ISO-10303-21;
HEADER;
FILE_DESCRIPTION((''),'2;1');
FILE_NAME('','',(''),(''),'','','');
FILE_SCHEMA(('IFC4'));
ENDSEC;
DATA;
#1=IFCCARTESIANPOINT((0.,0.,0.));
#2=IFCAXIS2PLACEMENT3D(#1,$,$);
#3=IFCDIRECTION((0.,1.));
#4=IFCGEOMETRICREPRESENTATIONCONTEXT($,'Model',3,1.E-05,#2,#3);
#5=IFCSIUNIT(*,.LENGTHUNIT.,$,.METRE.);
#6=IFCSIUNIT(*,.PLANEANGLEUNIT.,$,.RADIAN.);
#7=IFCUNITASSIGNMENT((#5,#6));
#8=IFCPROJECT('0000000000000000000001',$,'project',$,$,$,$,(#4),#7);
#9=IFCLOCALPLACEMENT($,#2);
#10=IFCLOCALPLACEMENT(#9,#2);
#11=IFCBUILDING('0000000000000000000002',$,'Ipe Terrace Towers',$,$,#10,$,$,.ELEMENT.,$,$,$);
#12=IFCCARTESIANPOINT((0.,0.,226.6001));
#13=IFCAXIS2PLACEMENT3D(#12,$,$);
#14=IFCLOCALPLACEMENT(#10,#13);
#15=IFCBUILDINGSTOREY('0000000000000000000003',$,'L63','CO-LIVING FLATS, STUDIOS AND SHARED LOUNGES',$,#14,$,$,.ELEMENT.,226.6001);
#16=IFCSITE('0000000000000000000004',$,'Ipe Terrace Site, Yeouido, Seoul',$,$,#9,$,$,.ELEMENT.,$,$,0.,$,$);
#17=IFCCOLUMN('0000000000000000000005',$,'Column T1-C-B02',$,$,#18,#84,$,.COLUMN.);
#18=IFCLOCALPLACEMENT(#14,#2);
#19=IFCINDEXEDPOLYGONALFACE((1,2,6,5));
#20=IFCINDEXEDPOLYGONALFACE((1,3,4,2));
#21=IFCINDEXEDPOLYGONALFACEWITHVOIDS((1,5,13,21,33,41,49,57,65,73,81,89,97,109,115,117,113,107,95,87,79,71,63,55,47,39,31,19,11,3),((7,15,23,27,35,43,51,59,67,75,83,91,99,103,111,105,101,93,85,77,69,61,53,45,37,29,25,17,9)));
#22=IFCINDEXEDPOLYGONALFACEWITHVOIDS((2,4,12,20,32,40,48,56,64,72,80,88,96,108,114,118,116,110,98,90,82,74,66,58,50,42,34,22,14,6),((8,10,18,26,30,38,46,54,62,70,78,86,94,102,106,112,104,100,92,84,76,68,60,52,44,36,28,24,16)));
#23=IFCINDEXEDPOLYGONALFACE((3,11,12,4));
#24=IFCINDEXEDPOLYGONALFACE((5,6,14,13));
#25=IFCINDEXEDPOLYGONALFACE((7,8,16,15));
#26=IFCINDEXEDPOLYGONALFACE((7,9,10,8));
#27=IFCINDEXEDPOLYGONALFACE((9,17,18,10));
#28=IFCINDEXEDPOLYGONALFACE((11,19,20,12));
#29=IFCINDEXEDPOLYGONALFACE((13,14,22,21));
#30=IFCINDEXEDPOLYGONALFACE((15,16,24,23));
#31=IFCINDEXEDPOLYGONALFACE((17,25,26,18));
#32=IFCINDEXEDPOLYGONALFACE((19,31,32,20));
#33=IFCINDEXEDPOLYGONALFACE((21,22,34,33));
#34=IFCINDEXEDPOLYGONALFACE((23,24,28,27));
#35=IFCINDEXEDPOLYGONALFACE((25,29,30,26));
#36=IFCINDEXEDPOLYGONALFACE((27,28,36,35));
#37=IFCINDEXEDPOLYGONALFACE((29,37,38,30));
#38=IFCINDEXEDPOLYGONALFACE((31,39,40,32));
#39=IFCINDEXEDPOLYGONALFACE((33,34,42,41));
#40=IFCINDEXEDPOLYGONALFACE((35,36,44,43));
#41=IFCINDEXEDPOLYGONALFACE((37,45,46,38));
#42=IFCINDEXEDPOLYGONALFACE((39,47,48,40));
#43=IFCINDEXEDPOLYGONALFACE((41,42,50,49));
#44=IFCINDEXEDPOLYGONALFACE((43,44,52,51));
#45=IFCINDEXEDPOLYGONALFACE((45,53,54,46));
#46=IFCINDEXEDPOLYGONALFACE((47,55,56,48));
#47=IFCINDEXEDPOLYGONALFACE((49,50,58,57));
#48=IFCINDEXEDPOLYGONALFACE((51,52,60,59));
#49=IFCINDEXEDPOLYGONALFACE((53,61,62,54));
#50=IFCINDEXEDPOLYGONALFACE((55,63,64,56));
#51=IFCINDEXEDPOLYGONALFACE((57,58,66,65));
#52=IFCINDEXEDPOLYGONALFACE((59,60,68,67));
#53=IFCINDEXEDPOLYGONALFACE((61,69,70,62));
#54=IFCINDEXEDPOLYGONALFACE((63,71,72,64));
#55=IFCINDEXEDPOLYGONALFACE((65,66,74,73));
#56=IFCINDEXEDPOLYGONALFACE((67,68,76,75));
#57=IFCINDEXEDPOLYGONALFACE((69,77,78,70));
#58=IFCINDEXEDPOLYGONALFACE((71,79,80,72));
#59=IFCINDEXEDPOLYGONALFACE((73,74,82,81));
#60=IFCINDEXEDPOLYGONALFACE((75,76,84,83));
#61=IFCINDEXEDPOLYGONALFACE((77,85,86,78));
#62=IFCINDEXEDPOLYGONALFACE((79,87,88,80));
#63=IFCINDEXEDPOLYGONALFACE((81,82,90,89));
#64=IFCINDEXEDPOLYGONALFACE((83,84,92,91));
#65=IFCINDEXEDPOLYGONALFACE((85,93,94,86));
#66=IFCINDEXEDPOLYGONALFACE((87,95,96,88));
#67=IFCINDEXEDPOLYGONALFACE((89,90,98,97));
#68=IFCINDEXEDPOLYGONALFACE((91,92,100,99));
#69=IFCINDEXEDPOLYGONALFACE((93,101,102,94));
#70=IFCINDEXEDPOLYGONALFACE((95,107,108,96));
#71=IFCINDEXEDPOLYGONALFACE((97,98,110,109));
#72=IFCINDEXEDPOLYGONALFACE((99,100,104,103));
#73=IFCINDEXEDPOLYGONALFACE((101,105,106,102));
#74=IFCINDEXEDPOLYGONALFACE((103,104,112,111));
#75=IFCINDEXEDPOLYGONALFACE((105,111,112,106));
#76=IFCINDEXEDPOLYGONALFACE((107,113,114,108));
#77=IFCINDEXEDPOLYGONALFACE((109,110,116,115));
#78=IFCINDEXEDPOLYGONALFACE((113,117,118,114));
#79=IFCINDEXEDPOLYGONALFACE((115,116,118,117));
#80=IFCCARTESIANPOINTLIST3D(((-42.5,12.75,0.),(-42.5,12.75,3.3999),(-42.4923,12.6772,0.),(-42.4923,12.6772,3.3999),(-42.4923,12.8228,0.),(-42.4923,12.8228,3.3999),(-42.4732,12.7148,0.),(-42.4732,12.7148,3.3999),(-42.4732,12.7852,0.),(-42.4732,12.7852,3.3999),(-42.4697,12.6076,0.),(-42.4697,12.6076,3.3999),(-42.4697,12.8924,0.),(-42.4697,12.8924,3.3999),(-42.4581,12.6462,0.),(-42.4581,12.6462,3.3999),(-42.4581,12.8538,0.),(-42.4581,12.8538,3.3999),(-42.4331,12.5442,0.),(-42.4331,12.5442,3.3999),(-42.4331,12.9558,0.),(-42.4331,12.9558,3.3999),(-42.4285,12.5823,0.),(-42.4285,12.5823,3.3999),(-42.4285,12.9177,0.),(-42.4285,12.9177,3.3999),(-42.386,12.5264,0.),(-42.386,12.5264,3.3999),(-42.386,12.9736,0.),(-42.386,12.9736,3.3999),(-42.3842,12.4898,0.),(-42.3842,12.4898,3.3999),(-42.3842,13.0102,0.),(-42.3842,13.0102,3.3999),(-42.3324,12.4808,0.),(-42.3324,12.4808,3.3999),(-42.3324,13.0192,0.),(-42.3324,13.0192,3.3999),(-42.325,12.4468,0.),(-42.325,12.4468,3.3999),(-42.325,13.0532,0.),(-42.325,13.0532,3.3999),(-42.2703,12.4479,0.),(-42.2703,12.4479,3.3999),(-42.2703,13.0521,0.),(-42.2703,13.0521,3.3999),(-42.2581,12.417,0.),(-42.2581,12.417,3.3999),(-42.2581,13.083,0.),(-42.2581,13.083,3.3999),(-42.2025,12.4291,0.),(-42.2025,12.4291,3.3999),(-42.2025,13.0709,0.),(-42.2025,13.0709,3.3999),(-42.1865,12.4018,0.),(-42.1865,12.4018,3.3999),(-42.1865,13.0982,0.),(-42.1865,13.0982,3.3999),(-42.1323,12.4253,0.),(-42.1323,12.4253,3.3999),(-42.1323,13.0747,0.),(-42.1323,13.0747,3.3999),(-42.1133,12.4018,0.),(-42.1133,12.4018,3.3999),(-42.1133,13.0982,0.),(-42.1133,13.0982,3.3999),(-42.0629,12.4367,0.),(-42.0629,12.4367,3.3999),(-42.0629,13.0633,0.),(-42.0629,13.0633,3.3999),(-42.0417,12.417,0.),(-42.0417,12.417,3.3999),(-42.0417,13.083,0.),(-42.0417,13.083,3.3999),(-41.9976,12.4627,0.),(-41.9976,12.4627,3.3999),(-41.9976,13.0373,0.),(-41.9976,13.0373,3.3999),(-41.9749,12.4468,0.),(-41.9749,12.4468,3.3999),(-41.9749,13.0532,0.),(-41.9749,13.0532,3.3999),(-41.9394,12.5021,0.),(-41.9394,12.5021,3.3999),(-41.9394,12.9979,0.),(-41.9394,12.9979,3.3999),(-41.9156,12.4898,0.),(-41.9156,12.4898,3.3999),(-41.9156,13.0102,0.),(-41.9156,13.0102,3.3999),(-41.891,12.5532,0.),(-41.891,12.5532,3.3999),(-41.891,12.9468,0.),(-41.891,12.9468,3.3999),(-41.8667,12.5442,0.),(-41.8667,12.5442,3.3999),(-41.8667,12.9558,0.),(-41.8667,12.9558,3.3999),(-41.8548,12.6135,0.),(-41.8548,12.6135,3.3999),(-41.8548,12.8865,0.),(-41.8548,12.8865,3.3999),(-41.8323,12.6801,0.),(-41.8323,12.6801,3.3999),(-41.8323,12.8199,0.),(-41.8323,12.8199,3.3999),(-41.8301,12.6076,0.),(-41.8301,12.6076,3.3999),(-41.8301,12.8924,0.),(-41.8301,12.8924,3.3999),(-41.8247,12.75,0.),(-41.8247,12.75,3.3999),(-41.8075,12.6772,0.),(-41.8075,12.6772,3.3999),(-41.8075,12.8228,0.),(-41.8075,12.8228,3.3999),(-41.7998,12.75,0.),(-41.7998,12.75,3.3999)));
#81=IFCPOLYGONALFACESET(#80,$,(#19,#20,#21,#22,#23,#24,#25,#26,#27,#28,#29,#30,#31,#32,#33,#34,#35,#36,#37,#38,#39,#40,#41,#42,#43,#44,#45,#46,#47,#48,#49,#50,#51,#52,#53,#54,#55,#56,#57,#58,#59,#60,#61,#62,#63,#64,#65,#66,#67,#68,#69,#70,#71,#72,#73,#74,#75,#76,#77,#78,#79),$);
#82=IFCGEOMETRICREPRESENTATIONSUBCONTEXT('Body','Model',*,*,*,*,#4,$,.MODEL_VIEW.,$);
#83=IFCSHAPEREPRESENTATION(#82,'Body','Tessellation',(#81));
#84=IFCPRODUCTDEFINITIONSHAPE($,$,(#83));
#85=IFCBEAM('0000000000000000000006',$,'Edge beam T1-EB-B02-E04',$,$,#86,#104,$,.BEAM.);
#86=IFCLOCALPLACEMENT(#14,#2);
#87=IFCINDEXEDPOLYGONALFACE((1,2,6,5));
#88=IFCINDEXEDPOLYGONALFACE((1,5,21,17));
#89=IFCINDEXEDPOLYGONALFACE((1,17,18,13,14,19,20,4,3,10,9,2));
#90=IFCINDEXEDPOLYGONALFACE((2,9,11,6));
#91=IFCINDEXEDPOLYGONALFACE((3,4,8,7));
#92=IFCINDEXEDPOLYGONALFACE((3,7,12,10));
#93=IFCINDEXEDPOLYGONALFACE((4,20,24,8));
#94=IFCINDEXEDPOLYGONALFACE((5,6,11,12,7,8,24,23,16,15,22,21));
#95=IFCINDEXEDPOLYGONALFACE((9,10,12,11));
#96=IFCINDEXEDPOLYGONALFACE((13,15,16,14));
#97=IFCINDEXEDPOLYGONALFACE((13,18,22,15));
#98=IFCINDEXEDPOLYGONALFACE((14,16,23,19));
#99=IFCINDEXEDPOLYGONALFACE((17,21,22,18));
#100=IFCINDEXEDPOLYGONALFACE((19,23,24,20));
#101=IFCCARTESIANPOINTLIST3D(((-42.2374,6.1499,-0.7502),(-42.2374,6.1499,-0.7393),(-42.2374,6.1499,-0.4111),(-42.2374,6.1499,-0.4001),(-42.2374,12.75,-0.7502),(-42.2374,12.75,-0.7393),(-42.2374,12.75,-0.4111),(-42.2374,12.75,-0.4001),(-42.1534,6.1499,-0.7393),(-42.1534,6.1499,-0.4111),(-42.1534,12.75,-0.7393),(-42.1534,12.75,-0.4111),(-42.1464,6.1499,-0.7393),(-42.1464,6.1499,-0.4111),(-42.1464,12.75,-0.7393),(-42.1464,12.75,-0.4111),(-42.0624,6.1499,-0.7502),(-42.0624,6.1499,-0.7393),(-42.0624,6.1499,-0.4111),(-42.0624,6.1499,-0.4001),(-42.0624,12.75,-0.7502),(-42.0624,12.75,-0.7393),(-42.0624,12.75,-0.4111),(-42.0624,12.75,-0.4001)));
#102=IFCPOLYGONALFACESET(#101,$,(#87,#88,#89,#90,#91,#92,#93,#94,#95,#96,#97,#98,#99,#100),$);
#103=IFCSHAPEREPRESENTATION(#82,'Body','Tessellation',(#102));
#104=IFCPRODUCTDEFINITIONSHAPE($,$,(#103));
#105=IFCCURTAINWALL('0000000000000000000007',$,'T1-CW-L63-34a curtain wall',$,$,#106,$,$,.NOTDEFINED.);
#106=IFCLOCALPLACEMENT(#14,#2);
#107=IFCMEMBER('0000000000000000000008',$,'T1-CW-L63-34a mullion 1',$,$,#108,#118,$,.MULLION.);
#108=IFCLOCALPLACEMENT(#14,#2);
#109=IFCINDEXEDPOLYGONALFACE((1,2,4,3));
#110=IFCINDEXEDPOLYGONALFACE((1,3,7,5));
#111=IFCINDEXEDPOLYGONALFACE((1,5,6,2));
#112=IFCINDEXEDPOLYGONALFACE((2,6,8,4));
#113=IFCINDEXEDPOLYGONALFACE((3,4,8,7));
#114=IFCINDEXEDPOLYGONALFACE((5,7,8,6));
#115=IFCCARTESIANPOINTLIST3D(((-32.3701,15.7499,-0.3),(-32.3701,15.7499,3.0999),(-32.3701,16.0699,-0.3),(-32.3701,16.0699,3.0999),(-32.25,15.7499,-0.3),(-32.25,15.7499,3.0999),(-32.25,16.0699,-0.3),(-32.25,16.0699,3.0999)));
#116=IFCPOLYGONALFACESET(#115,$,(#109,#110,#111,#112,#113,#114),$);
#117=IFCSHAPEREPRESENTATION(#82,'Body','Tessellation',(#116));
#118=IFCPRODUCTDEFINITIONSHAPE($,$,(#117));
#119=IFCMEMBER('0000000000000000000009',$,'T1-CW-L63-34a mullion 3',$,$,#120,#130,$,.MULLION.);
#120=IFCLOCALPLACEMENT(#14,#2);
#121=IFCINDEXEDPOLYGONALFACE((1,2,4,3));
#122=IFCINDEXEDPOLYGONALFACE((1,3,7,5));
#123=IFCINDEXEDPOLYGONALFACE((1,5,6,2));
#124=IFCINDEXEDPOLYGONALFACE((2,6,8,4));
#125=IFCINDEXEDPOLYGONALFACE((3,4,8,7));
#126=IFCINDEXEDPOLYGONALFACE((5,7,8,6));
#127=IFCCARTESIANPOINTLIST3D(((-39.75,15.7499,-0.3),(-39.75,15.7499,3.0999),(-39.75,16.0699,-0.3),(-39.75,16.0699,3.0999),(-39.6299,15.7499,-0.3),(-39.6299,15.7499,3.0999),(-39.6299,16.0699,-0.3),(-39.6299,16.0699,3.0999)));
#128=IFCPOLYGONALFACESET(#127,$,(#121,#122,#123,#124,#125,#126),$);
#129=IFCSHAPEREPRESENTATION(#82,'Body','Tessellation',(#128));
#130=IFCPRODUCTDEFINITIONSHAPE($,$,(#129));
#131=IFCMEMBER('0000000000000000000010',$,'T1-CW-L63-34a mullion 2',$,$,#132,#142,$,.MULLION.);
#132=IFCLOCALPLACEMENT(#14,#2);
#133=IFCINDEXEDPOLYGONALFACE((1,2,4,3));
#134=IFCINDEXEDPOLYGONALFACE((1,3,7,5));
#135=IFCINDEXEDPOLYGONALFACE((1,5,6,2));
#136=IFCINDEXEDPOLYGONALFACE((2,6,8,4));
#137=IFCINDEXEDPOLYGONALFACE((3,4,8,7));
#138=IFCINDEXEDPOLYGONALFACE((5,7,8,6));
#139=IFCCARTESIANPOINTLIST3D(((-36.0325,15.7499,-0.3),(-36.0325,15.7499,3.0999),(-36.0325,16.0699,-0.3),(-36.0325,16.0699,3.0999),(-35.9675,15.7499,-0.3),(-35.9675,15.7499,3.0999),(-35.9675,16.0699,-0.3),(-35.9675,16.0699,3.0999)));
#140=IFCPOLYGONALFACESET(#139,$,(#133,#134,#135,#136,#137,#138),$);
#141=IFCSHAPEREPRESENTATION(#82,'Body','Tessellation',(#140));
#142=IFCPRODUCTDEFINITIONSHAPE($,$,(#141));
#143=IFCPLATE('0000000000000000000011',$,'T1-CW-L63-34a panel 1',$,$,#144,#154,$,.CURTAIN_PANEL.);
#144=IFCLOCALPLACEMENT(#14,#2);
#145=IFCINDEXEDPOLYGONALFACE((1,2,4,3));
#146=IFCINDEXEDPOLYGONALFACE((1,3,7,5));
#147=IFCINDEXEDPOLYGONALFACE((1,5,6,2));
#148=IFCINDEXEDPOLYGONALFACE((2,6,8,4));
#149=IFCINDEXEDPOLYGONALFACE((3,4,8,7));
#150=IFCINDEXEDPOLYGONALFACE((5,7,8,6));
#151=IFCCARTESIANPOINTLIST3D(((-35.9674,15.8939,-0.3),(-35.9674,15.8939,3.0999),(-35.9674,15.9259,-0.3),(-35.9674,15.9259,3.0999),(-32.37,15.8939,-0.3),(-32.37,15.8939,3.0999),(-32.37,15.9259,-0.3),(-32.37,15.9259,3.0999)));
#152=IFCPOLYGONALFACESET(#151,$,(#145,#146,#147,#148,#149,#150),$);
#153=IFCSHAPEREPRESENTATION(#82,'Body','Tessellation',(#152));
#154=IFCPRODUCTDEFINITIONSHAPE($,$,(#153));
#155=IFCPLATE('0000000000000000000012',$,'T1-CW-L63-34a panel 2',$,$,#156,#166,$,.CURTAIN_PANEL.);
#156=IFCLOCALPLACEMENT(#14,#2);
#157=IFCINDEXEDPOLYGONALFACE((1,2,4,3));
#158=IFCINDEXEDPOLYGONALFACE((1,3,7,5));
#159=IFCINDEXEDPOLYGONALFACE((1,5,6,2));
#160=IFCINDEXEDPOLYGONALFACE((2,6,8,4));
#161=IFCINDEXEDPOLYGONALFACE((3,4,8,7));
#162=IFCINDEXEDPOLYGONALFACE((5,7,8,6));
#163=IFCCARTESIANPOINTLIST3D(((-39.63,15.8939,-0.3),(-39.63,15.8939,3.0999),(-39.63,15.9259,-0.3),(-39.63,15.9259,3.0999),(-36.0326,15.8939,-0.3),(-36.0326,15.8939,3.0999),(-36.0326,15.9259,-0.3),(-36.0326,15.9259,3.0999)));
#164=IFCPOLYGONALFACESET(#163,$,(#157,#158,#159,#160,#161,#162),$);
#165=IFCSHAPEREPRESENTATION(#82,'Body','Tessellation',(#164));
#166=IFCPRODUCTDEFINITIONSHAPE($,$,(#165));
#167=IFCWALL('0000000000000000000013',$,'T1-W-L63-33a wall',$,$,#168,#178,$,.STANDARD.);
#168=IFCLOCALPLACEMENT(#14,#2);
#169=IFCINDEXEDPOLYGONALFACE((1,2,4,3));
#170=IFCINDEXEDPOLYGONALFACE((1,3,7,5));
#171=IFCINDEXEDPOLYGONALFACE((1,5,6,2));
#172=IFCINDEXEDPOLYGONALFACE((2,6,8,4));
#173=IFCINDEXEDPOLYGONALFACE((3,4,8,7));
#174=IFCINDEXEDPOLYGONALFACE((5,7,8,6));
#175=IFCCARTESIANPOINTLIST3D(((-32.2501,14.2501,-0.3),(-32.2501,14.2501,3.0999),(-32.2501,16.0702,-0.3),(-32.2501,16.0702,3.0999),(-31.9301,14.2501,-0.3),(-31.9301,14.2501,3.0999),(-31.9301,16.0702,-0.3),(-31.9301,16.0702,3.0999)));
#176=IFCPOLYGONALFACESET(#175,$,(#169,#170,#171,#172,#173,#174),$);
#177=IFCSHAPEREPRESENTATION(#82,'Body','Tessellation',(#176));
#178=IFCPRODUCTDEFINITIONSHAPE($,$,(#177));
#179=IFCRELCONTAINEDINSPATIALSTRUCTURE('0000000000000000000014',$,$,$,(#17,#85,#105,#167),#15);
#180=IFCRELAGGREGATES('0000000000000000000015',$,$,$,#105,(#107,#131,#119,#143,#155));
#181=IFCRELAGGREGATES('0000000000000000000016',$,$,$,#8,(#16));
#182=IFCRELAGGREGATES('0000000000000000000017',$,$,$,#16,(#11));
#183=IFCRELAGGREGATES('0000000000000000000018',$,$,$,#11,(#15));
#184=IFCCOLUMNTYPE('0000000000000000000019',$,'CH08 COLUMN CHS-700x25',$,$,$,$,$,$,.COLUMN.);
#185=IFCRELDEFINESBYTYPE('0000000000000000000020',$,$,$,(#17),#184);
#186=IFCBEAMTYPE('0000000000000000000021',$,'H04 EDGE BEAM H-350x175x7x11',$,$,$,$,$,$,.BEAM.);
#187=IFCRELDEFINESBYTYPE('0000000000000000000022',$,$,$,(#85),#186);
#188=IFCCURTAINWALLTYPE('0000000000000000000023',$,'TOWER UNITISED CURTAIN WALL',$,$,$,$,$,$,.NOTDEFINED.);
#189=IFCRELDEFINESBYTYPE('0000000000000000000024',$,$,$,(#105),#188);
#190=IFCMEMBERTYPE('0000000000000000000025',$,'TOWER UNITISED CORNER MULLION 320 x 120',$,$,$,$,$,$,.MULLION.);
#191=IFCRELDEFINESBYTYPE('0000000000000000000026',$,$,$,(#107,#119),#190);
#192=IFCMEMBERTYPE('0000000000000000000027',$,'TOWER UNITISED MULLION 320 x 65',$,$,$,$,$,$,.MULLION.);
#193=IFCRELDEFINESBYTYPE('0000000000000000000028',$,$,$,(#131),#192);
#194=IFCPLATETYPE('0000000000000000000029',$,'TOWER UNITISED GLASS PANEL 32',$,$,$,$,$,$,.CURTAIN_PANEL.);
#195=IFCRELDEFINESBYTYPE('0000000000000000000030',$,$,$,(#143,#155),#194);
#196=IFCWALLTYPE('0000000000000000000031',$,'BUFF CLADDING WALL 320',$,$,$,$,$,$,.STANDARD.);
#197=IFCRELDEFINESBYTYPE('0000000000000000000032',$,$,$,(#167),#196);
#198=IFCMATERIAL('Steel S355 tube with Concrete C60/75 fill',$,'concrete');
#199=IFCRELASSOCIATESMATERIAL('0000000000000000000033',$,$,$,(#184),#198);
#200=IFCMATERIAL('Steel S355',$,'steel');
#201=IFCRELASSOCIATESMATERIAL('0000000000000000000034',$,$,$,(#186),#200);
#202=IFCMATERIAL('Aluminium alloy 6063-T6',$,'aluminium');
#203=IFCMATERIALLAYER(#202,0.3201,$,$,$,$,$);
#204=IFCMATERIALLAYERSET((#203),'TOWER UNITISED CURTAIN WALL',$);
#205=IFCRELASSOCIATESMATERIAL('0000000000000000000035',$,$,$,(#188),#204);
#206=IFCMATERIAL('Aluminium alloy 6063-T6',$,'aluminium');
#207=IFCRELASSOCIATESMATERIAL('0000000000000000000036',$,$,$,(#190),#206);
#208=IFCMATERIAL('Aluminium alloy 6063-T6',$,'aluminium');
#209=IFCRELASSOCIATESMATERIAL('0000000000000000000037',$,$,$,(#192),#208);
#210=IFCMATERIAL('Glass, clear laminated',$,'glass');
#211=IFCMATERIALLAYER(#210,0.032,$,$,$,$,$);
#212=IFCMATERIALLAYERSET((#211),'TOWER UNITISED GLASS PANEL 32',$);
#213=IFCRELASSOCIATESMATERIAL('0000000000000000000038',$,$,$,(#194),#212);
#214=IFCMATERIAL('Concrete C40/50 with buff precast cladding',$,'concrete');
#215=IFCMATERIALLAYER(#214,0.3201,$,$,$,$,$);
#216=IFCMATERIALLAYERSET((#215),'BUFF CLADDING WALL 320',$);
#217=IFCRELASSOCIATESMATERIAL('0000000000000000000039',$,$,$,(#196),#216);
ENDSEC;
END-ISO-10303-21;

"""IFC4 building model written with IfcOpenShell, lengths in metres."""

from ifc_helpers import new_model, si_unit, direction, frame, frame_2d, origin, origin_2d, place, context, subcontext, project, spatial, rectangle, hollow_circle, i_section, extrude, material, layer, layer_set, material_profile, profile_set, type_object, element, aggregate, save


model = new_model("IFC4")

# Units and contexts
model_context = context("Model", 3, precision=1e-05, world=origin(), true_north=direction((0.0, 1.0)))
body_context = subcontext(model_context, "Body", "Model", "MODEL_VIEW")
ifc_project = project(units=[si_unit("LENGTHUNIT", "METRE"), si_unit("PLANEANGLEUNIT", "RADIAN")], contexts=[model_context])

# Site, building, storey
site_placement = place(None, origin())
site = spatial("IfcSite", under=ifc_project, at=site_placement, Name="Ipe Terrace Site, Yeouido, Seoul", CompositionType="ELEMENT", RefElevation=0.0)
building_placement = place(site_placement, origin())
building = spatial("IfcBuilding", under=site, at=building_placement, Name="Ipe Terrace Towers", CompositionType="ELEMENT")
storey_placement = place(building_placement, frame((0.0, 0.0, 226.6001)))
storey = spatial("IfcBuildingStorey", under=building, at=storey_placement, Name="L63", Description="CO-LIVING FLATS, STUDIOS AND SHARED LOUNGES", CompositionType="ELEMENT", Elevation=226.6001)

# Column
ifc_material_1 = material(Name="Steel S355 tube with Concrete C60/75 fill", Category="concrete")
ifc_material_profile_1 = material_profile(ifc_material_1, hollow_circle(Radius=0.3501, WallThickness=0.0249, at=origin_2d()), Name="CHS-700x25")
ifc_profile_set_1 = profile_set([ifc_material_profile_1], Name="Steel S355 tube with Concrete C60/75 fill")
column_type = type_object("IfcColumnType", Name="CH08 COLUMN CHS-700x25", PredefinedType="COLUMN", material=ifc_profile_set_1)
column_placement = place(storey_placement, frame((-42.1499, 12.75, 0.0), z_axis=(0.0, 0.0, 1.0), x_axis=(1.0, 0.0, 0.0)))
element("IfcColumn", 1, at=column_placement, inside=storey, type_object=column_type, Name="Column T1-C-B02", PredefinedType="COLUMN", context=body_context, shape_type="SweptSolid", body=[
    extrude(hollow_circle(Radius=0.3501, WallThickness=0.0249, at=origin_2d()), origin(), (0.0, 0.0, 1.0), 3.3999),
])

# Beam
ifc_material_2 = material(Name="Steel S355", Category="steel")
ifc_material_profile_2 = material_profile(ifc_material_2, i_section(OverallWidth=0.175, OverallDepth=0.3501, WebThickness=0.0071, FlangeThickness=0.011, at=origin_2d()), Name="H-350x175x7x11")
ifc_profile_set_2 = profile_set([ifc_material_profile_2], Name="Steel S355")
beam_type = type_object("IfcBeamType", Name="H04 EDGE BEAM H-350x175x7x11", PredefinedType="BEAM", material=ifc_profile_set_2)
beam_placement = place(storey_placement, frame((-42.1499, 12.75, -0.5752), z_axis=(0.0, -1.0, 0.0), x_axis=(1.0, 0.0, 0.0)))
element("IfcBeam", 2, at=beam_placement, inside=storey, type_object=beam_type, Name="Edge beam T1-EB-B02-E04", PredefinedType="BEAM", context=body_context, shape_type="SweptSolid", body=[
    extrude(i_section(OverallWidth=0.175, OverallDepth=0.3501, WebThickness=0.0071, FlangeThickness=0.011, at=origin_2d()), origin(), (0.0, 0.0, 1.0), 6.6001),
])

# Curtain wall, members, plates
ifc_material_3 = material(Name="Aluminium alloy 6063-T6", Category="aluminium")
ifc_layer_1 = layer(ifc_material_3, 0.3201)
ifc_layer_set_1 = layer_set([ifc_layer_1], Name="TOWER UNITISED CURTAIN WALL")
curtain_wall_type = type_object("IfcCurtainWallType", Name="TOWER UNITISED CURTAIN WALL", PredefinedType="NOTDEFINED", material=ifc_layer_set_1)
curtain_wall_placement = place(storey_placement, origin())
curtain_wall = element("IfcCurtainWall", 3, at=curtain_wall_placement, inside=storey, type_object=curtain_wall_type, Name="T1-CW-L63-34a curtain wall", PredefinedType="NOTDEFINED")
ifc_material_4 = material(Name="Aluminium alloy 6063-T6", Category="aluminium")
ifc_material_profile_3 = material_profile(ifc_material_4, rectangle(XDim=0.3201, YDim=0.1201, at=origin_2d()), Name="TOWER UNITISED CORNER MULLION 320 x 120")
ifc_profile_set_3 = profile_set([ifc_material_profile_3], Name="Aluminium alloy 6063-T6")
member_type_1 = type_object("IfcMemberType", Name="TOWER UNITISED CORNER MULLION 320 x 120", PredefinedType="MULLION", material=ifc_profile_set_3)
member_1_placement = place(storey_placement, frame((-32.3101, 15.9099, -0.3), z_axis=(0.0, 0.0, 1.0), x_axis=(0.0, 1.0, 0.0)))
member_1 = element("IfcMember", 4, at=member_1_placement, type_object=member_type_1, Name="T1-CW-L63-34a mullion 1", PredefinedType="MULLION", context=body_context, shape_type="SweptSolid", body=[
    extrude(rectangle(XDim=0.3201, YDim=0.1201, at=origin_2d()), origin(), (0.0, 0.0, 1.0), 3.3999),
])
member_2_placement = place(storey_placement, frame((-39.6899, 15.9099, -0.3), z_axis=(0.0, 0.0, 1.0), x_axis=(0.0, 1.0, 0.0)))
member_2 = element("IfcMember", 5, at=member_2_placement, type_object=member_type_1, Name="T1-CW-L63-34a mullion 3", PredefinedType="MULLION", context=body_context, shape_type="SweptSolid", body=[
    extrude(rectangle(XDim=0.3201, YDim=0.1201, at=origin_2d()), origin(), (0.0, 0.0, 1.0), 3.3999),
])
ifc_material_5 = material(Name="Aluminium alloy 6063-T6", Category="aluminium")
ifc_material_profile_4 = material_profile(ifc_material_5, rectangle(XDim=0.3201, YDim=0.0649, at=origin_2d()), Name="TOWER UNITISED MULLION 320 x 65")
ifc_profile_set_4 = profile_set([ifc_material_profile_4], Name="Aluminium alloy 6063-T6")
member_type_2 = type_object("IfcMemberType", Name="TOWER UNITISED MULLION 320 x 65", PredefinedType="MULLION", material=ifc_profile_set_4)
member_3_placement = place(storey_placement, frame((-36.0, 15.9099, -0.3), z_axis=(0.0, 0.0, 1.0), x_axis=(0.0, 1.0, 0.0)))
member_3 = element("IfcMember", 6, at=member_3_placement, type_object=member_type_2, Name="T1-CW-L63-34a mullion 2", PredefinedType="MULLION", context=body_context, shape_type="SweptSolid", body=[
    extrude(rectangle(XDim=0.3201, YDim=0.0649, at=origin_2d()), origin(), (0.0, 0.0, 1.0), 3.3999),
])
ifc_material_6 = material(Name="Glass, clear laminated", Category="glass")
ifc_layer_2 = layer(ifc_material_6, 0.032)
ifc_layer_set_2 = layer_set([ifc_layer_2], Name="TOWER UNITISED GLASS PANEL 32")
plate_type = type_object("IfcPlateType", Name="TOWER UNITISED GLASS PANEL 32", PredefinedType="CURTAIN_PANEL", material=ifc_layer_set_2)
plate_1_placement = place(storey_placement, frame((-34.1687, 15.9099, -0.3), z_axis=(0.0, 0.0, 1.0), x_axis=(-1.0, 0.0, 0.0)))
plate_1 = element("IfcPlate", 7, at=plate_1_placement, type_object=plate_type, Name="T1-CW-L63-34a panel 1", PredefinedType="CURTAIN_PANEL", context=body_context, shape_type="SweptSolid", body=[
    extrude(rectangle(XDim=3.5974, YDim=0.032, at=origin_2d()), origin(), (0.0, 0.0, 1.0), 3.3999),
])
plate_2_placement = place(storey_placement, frame((-37.8313, 15.9099, -0.3), z_axis=(0.0, 0.0, 1.0), x_axis=(-1.0, 0.0, 0.0)))
plate_2 = element("IfcPlate", 8, at=plate_2_placement, type_object=plate_type, Name="T1-CW-L63-34a panel 2", PredefinedType="CURTAIN_PANEL", context=body_context, shape_type="SweptSolid", body=[
    extrude(rectangle(XDim=3.5974, YDim=0.032, at=origin_2d()), origin(), (0.0, 0.0, 1.0), 3.3999),
])
aggregate(curtain_wall, [member_1, member_3, member_2, plate_1, plate_2])

# Wall
ifc_material_7 = material(Name="Concrete C40/50 with buff precast cladding", Category="concrete")
ifc_layer_3 = layer(ifc_material_7, 0.3201)
ifc_layer_set_3 = layer_set([ifc_layer_3], Name="BUFF CLADDING WALL 320")
wall_type_1 = type_object("IfcWallType", Name="BUFF CLADDING WALL 320", PredefinedType="STANDARD", material=ifc_layer_set_3)
wall_1_placement = place(storey_placement, frame((-32.0901, 14.25, -0.3), z_axis=(0.0, 0.0, 1.0), x_axis=(0.0, 1.0, 0.0)))
element("IfcWall", 9, at=wall_1_placement, inside=storey, type_object=wall_type_1, Name="T1-W-L63-33a wall", PredefinedType="STANDARD", context=body_context, shape_type="SweptSolid", body=[
    extrude(rectangle(XDim=1.8201, YDim=0.3201, at=frame_2d((0.9102, 0.0))), origin(), (0.0, 0.0, 1.0), 3.3999),
])

save(model, "model.ifc")
